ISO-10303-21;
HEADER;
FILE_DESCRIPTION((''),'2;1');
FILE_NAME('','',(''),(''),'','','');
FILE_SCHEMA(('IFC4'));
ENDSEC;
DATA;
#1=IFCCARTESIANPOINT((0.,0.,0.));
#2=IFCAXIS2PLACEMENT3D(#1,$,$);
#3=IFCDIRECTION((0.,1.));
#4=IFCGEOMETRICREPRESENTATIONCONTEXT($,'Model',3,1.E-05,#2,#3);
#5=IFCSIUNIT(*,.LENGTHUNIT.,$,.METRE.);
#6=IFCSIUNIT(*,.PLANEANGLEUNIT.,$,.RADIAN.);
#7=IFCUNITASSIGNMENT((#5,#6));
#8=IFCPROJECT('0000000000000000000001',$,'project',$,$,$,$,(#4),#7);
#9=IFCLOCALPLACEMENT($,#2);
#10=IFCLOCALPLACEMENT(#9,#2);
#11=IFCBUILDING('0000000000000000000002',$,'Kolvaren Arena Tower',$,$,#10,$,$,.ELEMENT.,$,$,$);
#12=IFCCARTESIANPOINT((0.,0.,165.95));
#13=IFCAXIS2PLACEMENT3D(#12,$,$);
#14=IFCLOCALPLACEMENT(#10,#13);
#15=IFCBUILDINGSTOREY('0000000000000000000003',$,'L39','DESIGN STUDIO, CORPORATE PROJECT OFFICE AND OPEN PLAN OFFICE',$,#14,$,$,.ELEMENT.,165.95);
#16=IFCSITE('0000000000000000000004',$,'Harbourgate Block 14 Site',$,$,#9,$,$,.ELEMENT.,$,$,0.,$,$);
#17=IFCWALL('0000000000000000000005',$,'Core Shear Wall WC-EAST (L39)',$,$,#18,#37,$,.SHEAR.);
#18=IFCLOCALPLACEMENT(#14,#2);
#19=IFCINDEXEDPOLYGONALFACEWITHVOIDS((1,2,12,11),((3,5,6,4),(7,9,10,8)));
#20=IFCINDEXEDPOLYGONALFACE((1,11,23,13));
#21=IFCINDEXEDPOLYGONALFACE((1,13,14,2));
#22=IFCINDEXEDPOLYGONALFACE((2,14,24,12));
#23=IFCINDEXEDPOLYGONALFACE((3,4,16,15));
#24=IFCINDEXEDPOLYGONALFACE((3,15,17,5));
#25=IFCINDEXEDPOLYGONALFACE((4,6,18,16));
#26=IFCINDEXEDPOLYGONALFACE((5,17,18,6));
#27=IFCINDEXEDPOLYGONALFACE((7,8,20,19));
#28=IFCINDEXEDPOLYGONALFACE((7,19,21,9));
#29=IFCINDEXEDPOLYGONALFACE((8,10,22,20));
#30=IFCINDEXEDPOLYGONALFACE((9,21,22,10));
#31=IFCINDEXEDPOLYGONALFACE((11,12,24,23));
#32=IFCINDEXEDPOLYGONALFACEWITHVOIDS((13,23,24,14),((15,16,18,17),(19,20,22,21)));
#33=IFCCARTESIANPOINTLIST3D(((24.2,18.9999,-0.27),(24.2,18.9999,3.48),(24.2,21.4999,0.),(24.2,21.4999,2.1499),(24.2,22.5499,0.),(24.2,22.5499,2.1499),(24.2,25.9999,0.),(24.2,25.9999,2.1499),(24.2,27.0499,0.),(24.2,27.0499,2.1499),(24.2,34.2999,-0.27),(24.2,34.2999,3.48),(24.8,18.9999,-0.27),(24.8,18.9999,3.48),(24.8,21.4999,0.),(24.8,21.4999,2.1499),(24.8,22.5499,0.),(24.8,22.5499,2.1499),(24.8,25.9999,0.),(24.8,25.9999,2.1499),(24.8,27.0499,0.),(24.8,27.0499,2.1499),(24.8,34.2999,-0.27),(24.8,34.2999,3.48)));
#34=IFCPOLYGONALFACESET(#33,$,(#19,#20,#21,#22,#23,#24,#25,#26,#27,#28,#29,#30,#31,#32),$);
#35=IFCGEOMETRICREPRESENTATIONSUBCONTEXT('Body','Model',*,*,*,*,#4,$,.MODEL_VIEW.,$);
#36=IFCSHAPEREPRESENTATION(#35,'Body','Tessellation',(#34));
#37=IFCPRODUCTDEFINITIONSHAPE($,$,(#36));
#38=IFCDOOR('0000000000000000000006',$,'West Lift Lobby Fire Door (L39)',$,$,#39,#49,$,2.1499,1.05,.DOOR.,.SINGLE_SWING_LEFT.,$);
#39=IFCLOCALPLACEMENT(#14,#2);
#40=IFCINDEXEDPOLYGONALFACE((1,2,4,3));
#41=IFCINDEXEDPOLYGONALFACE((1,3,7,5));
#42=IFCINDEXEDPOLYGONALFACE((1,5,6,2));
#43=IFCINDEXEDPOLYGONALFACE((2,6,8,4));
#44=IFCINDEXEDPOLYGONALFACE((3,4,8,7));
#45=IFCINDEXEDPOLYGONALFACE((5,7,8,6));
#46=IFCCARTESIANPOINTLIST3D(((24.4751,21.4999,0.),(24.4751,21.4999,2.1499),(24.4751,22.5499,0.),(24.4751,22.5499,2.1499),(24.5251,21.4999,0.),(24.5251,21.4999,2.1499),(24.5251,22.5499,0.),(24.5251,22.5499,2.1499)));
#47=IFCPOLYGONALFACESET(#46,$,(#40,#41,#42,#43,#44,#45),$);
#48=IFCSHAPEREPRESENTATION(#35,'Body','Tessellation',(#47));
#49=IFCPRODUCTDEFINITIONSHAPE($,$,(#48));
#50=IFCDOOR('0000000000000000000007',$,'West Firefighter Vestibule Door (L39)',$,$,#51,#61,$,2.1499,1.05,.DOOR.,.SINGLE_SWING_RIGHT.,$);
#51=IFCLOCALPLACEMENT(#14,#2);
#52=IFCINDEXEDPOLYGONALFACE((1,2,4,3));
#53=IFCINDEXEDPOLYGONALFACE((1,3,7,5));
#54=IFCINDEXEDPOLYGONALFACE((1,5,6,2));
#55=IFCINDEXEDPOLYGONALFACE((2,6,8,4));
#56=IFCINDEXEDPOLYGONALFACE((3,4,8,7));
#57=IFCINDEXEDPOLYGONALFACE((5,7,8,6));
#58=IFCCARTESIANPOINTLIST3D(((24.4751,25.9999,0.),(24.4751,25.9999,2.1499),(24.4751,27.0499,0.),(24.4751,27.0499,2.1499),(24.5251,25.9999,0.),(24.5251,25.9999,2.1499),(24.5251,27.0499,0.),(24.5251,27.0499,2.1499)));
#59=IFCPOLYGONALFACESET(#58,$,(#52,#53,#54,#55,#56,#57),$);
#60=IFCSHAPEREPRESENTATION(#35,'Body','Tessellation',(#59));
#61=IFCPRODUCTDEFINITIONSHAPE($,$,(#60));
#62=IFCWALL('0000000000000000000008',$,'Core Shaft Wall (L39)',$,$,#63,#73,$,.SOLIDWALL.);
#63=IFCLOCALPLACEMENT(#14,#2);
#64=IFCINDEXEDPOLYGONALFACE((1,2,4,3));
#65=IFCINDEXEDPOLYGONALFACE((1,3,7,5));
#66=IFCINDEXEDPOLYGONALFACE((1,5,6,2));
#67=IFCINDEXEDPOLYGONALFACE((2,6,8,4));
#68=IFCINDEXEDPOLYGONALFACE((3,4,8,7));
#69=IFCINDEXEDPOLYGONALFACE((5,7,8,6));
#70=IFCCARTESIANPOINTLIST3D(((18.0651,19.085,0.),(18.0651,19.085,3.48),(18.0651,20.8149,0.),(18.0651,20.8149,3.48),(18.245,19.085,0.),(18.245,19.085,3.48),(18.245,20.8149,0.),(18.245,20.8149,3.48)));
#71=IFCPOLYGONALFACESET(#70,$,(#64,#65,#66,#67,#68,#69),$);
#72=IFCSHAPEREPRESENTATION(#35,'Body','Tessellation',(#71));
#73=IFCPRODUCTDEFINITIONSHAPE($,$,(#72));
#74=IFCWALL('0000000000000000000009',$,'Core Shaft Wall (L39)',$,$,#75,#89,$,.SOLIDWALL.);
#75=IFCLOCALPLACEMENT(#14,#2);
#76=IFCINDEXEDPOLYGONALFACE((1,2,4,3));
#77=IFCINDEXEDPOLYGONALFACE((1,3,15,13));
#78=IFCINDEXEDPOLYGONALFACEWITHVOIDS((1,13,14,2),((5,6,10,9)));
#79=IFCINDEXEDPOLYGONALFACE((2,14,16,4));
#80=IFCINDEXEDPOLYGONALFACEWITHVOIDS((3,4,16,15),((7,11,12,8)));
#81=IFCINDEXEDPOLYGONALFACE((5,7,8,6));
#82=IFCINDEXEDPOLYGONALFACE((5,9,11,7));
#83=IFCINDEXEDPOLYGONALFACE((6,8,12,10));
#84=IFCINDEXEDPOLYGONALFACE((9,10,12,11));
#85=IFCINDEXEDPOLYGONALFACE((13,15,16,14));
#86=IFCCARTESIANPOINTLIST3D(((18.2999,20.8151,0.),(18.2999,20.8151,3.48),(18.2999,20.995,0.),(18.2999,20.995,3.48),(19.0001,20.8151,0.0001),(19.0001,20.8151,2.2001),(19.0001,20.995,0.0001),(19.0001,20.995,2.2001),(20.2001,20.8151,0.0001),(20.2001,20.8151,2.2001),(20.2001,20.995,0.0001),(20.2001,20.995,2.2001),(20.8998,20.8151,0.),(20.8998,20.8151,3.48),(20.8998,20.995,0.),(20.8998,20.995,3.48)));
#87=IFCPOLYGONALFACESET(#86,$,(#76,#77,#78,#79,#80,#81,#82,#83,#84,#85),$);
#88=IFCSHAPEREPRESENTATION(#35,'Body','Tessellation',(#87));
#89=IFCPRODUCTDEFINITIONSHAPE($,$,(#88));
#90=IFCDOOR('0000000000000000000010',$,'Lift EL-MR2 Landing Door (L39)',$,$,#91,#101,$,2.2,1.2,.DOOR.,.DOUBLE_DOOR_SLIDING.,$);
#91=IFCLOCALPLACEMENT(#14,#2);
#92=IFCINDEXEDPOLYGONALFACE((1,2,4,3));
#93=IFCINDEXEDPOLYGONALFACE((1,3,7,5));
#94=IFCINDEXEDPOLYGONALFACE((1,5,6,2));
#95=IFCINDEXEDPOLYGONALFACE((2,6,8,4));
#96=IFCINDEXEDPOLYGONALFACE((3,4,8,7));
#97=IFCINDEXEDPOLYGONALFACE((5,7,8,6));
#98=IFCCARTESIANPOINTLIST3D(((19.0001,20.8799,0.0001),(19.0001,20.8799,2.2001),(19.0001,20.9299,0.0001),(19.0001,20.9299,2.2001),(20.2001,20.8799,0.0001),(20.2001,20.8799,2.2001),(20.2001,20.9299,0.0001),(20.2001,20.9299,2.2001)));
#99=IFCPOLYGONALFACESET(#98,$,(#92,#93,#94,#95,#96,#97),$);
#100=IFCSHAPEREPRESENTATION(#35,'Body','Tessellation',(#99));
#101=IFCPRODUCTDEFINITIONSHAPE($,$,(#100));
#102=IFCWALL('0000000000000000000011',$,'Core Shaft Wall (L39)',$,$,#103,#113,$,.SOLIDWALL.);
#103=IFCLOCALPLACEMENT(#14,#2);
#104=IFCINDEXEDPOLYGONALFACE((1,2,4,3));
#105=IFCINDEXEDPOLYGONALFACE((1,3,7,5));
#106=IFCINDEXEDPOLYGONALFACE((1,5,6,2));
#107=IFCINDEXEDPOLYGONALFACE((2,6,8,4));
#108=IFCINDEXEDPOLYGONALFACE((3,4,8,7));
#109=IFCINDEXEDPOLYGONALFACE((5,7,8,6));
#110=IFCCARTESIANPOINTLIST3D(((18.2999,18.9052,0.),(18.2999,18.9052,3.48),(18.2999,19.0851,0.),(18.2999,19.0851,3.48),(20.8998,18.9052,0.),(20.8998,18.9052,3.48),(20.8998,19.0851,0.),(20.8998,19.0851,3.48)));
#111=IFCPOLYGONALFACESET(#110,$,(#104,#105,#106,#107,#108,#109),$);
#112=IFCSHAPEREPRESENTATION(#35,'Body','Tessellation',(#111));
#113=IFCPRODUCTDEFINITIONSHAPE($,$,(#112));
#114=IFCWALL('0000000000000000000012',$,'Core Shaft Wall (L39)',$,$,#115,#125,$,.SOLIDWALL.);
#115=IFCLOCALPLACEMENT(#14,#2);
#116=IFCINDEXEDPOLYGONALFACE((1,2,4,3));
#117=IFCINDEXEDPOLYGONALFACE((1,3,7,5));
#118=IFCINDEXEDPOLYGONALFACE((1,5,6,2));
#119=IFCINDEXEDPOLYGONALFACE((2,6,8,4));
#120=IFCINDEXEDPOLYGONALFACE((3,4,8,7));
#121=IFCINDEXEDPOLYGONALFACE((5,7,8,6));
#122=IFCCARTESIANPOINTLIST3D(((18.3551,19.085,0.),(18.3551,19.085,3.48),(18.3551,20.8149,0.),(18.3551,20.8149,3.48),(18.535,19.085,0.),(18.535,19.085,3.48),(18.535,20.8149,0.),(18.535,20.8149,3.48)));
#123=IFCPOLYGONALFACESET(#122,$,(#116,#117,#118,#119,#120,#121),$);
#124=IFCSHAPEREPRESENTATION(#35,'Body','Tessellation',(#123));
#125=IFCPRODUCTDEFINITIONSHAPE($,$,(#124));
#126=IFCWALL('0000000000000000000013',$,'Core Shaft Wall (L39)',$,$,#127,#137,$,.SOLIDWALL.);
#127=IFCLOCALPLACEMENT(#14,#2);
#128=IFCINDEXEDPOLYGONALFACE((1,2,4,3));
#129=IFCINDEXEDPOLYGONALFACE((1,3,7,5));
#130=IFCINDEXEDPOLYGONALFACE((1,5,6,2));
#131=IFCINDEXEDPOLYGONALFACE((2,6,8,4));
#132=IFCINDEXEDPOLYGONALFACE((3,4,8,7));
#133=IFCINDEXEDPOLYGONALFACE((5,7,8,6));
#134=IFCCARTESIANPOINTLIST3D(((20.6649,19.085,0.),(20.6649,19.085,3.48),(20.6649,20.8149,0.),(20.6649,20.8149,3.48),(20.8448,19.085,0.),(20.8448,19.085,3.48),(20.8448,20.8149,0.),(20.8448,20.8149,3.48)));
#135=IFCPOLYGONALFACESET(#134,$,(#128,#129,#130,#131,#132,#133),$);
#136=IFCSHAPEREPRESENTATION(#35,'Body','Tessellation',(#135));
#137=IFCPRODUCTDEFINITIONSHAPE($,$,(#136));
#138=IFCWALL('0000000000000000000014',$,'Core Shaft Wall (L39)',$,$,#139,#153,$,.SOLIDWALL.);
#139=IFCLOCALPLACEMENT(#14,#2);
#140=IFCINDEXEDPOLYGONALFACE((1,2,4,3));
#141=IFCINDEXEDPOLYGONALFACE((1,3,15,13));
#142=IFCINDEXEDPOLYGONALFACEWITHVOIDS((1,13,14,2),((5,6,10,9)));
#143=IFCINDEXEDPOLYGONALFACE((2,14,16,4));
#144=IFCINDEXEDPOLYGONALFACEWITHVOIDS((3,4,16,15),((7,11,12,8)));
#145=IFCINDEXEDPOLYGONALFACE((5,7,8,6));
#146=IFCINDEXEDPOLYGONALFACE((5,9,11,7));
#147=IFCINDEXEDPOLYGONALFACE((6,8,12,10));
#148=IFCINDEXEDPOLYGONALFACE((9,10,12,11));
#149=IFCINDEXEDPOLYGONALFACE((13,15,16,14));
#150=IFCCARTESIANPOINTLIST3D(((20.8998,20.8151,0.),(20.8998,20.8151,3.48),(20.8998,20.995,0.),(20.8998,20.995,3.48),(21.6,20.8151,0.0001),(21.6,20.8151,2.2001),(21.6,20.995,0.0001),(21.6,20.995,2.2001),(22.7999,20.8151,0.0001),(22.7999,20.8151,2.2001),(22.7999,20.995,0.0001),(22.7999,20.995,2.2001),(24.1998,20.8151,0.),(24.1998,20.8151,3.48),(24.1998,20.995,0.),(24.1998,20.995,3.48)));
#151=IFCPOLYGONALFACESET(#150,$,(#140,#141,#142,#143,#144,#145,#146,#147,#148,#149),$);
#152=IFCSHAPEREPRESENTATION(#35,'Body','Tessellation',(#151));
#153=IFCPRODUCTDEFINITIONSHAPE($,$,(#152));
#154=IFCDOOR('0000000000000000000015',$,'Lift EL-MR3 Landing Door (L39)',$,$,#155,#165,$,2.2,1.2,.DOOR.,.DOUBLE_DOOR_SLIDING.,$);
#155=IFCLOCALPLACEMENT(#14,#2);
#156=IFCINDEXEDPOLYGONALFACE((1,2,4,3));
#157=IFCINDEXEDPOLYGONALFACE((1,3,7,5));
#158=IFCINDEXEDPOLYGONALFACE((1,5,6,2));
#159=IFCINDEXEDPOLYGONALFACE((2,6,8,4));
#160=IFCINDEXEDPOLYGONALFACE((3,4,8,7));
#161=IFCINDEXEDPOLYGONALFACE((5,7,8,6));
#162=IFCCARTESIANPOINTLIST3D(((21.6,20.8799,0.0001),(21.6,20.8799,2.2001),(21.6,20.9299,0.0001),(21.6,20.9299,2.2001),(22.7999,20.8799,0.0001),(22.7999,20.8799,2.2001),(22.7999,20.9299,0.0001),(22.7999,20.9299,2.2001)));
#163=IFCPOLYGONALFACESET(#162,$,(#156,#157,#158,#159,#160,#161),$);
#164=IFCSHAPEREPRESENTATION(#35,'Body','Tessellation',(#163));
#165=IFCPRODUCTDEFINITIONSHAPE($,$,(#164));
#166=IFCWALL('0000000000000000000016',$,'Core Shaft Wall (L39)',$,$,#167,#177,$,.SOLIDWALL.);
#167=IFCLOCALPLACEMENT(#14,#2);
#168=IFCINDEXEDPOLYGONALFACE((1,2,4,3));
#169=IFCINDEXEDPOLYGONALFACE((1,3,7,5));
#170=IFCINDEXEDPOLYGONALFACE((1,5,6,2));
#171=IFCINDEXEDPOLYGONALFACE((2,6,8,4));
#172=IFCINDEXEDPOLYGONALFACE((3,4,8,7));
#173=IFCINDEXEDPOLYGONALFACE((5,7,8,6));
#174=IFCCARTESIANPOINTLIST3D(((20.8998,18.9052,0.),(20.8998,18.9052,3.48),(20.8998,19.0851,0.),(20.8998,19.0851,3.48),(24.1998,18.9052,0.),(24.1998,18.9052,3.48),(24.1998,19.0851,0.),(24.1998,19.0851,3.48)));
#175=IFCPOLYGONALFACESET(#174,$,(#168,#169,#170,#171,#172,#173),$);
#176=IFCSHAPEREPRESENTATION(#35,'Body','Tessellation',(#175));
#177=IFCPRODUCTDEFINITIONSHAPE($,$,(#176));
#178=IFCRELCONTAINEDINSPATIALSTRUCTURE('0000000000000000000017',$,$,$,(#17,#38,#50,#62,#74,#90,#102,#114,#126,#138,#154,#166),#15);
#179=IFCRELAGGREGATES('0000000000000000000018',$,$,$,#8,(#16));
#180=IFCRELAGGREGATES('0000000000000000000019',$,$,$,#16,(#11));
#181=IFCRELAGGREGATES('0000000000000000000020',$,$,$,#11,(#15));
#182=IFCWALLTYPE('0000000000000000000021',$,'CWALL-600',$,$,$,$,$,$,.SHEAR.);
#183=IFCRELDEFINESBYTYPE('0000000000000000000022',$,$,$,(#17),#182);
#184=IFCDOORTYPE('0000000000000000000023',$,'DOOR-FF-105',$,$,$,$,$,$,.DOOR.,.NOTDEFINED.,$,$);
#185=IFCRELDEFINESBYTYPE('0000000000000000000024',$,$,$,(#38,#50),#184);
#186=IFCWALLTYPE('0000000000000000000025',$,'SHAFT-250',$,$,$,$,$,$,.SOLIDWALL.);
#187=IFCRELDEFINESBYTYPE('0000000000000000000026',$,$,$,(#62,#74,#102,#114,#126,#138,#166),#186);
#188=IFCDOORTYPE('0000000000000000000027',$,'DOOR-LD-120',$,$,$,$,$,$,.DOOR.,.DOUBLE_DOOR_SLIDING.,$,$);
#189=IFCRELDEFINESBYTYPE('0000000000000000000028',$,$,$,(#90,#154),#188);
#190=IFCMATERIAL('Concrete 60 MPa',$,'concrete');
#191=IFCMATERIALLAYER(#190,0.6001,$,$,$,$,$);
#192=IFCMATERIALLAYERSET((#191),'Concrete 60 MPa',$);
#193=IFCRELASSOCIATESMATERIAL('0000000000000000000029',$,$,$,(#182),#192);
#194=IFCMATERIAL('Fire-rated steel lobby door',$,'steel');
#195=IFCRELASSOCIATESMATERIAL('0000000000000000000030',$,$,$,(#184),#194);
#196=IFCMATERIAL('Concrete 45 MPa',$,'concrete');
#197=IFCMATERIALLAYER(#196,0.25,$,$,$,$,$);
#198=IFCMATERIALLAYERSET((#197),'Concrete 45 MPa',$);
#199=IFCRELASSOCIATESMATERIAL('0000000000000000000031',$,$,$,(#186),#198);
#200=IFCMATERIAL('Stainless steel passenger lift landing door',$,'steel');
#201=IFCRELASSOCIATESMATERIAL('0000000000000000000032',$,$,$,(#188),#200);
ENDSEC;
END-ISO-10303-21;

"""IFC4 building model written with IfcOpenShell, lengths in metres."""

from ifc_helpers import new_model, si_unit, direction, frame, frame_2d, origin, place, context, subcontext, project, spatial, rectangle, extrude, material, layer, layer_set, type_object, element, fill, save


model = new_model("IFC4")

# Units and contexts
model_context = context("Model", 3, precision=1e-05, world=origin(), true_north=direction((0.0, 1.0)))
body_context = subcontext(model_context, "Body", "Model", "MODEL_VIEW")
ifc_project = project(units=[si_unit("LENGTHUNIT", "METRE"), si_unit("PLANEANGLEUNIT", "RADIAN")], contexts=[model_context])

# Site, building, storey
site_placement = place(None, origin())
site = spatial("IfcSite", under=ifc_project, at=site_placement, Name="Harbourgate Block 14 Site", CompositionType="ELEMENT", RefElevation=0.0)
building_placement = place(site_placement, origin())
building = spatial("IfcBuilding", under=site, at=building_placement, Name="Kolvaren Arena Tower", CompositionType="ELEMENT")
storey_placement = place(building_placement, frame((0.0, 0.0, 165.95)))
storey = spatial("IfcBuildingStorey", under=building, at=storey_placement, Name="L39", Description="DESIGN STUDIO, CORPORATE PROJECT OFFICE AND OPEN PLAN OFFICE", CompositionType="ELEMENT", Elevation=165.95)

# Wall, openings, doors
ifc_material_1 = material(Name="Concrete 60 MPa", Category="concrete")
ifc_layer_1 = layer(ifc_material_1, 0.6001)
ifc_layer_set_1 = layer_set([ifc_layer_1], Name="Concrete 60 MPa")
wall_type_1 = type_object("IfcWallType", Name="CWALL-600", PredefinedType="SHEAR", material=ifc_layer_set_1)
wall_1_placement = place(storey_placement, frame((24.5, 19.0, -0.27), z_axis=(0.0, 0.0, 1.0), x_axis=(0.0, 1.0, 0.0)))
wall_1 = element("IfcWall", 1, at=wall_1_placement, inside=storey, type_object=wall_type_1, Name="Core Shear Wall WC-EAST (L39)", PredefinedType="SHEAR", context=body_context, shape_type="SweptSolid", body=[
    extrude(rectangle(XDim=15.3, YDim=0.6001, at=frame_2d((7.6499, 0.0))), origin(), (0.0, 0.0, 1.0), 3.75),
])
opening_1_placement = place(wall_1_placement, frame((2.5, 0.0, 0.27)))
opening_1 = element("IfcOpeningElement", 2, at=opening_1_placement, cuts=wall_1, PredefinedType="OPENING", context=body_context, shape_type="SweptSolid", body=[
    extrude(rectangle(XDim=1.05, YDim=2.1499, at=frame_2d((0.5249, 1.075))), frame((0.0, 0.3101, 0.0), z_axis=(0.0, -1.0, 0.0), x_axis=(1.0, 0.0, 0.0)), (0.0, 0.0, 1.0), 0.6201),
])
opening_2_placement = place(wall_1_placement, frame((7.0, 0.0, 0.27)))
opening_2 = element("IfcOpeningElement", 3, at=opening_2_placement, cuts=wall_1, PredefinedType="OPENING", context=body_context, shape_type="SweptSolid", body=[
    extrude(rectangle(XDim=1.05, YDim=2.1499, at=frame_2d((0.5249, 1.075))), frame((0.0, 0.3101, 0.0), z_axis=(0.0, -1.0, 0.0), x_axis=(1.0, 0.0, 0.0)), (0.0, 0.0, 1.0), 0.6201),
])
ifc_material_2 = material(Name="Fire-rated steel lobby door", Category="steel")
door_type_1 = type_object("IfcDoorType", Name="DOOR-FF-105", OperationType="NOTDEFINED", PredefinedType="DOOR", material=ifc_material_2)
door_1_placement = place(opening_1_placement, origin())
door_1 = element("IfcDoor", 4, at=door_1_placement, inside=storey, type_object=door_type_1, Name="West Lift Lobby Fire Door (L39)", OperationType="SINGLE_SWING_LEFT", OverallHeight=2.1499, OverallWidth=1.05, PredefinedType="DOOR", context=body_context, shape_type="SweptSolid", body=[
    extrude(rectangle(XDim=1.05, YDim=2.1499, at=frame_2d((0.5249, 1.075))), frame((0.0, 0.0249, 0.0), z_axis=(0.0, -1.0, 0.0), x_axis=(1.0, 0.0, 0.0)), (0.0, 0.0, 1.0), 0.05),
])
fill(opening_1, door_1)
door_2_placement = place(opening_2_placement, origin())
door_2 = element("IfcDoor", 5, at=door_2_placement, inside=storey, type_object=door_type_1, Name="West Firefighter Vestibule Door (L39)", OperationType="SINGLE_SWING_RIGHT", OverallHeight=2.1499, OverallWidth=1.05, PredefinedType="DOOR", context=body_context, shape_type="SweptSolid", body=[
    extrude(rectangle(XDim=1.05, YDim=2.1499, at=frame_2d((0.5249, 1.075))), frame((0.0, 0.0249, 0.0), z_axis=(0.0, -1.0, 0.0), x_axis=(1.0, 0.0, 0.0)), (0.0, 0.0, 1.0), 0.05),
])
fill(opening_2, door_2)

# Wall
ifc_material_3 = material(Name="Concrete 45 MPa", Category="concrete")
ifc_layer_2 = layer(ifc_material_3, 0.25)
ifc_layer_set_2 = layer_set([ifc_layer_2], Name="Concrete 45 MPa")
wall_type_2 = type_object("IfcWallType", Name="SHAFT-250", PredefinedType="SOLIDWALL", material=ifc_layer_set_2)
wall_2_placement = place(storey_placement, frame((18.155, 19.085, 0.0), z_axis=(0.0, 0.0, 1.0), x_axis=(0.0, 1.0, 0.0)))
element("IfcWall", 6, at=wall_2_placement, inside=storey, type_object=wall_type_2, Name="Core Shaft Wall (L39)", PredefinedType="SOLIDWALL", context=body_context, shape_type="SweptSolid", body=[
    extrude(rectangle(XDim=1.73, YDim=0.1799, at=frame_2d((0.865, 0.0))), origin(), (0.0, 0.0, 1.0), 3.48),
])

# Wall, opening, door
wall_3_placement = place(storey_placement, frame((18.3, 20.905, 0.0), z_axis=(0.0, 0.0, 1.0), x_axis=(1.0, 0.0, 0.0)))
wall_3 = element("IfcWall", 7, at=wall_3_placement, inside=storey, type_object=wall_type_2, Name="Core Shaft Wall (L39)", PredefinedType="SOLIDWALL", context=body_context, shape_type="SweptSolid", body=[
    extrude(rectangle(XDim=2.5999, YDim=0.1799, at=frame_2d((1.2998, 0.0))), origin(), (0.0, 0.0, 1.0), 3.48),
])
opening_3_placement = place(wall_3_placement, frame((0.7, 0.0, 0.0)))
opening_3 = element("IfcOpeningElement", 8, at=opening_3_placement, cuts=wall_3, PredefinedType="OPENING", context=body_context, shape_type="SweptSolid", body=[
    extrude(rectangle(XDim=1.2, YDim=2.2, at=frame_2d((0.6001, 1.1001))), frame((0.0, 0.0999, 0.0), z_axis=(0.0, -1.0, 0.0), x_axis=(1.0, 0.0, 0.0)), (0.0, 0.0, 1.0), 0.2),
])
ifc_material_4 = material(Name="Stainless steel passenger lift landing door", Category="steel")
door_type_2 = type_object("IfcDoorType", Name="DOOR-LD-120", OperationType="DOUBLE_DOOR_SLIDING", PredefinedType="DOOR", material=ifc_material_4)
door_3_placement = place(opening_3_placement, origin())
door_3 = element("IfcDoor", 9, at=door_3_placement, inside=storey, type_object=door_type_2, Name="Lift EL-MR2 Landing Door (L39)", OperationType="DOUBLE_DOOR_SLIDING", OverallHeight=2.2, OverallWidth=1.2, PredefinedType="DOOR", context=body_context, shape_type="SweptSolid", body=[
    extrude(rectangle(XDim=1.2, YDim=2.2, at=frame_2d((0.6001, 1.1001))), frame((0.0, 0.0249, 0.0), z_axis=(0.0, -1.0, 0.0), x_axis=(1.0, 0.0, 0.0)), (0.0, 0.0, 1.0), 0.05),
])
fill(opening_3, door_3)

# Walls
wall_4_placement = place(storey_placement, frame((18.3, 18.9951, 0.0), z_axis=(0.0, 0.0, 1.0), x_axis=(1.0, 0.0, 0.0)))
element("IfcWall", 10, at=wall_4_placement, inside=storey, type_object=wall_type_2, Name="Core Shaft Wall (L39)", PredefinedType="SOLIDWALL", context=body_context, shape_type="SweptSolid", body=[
    extrude(rectangle(XDim=2.5999, YDim=0.1799, at=frame_2d((1.2998, 0.0))), origin(), (0.0, 0.0, 1.0), 3.48),
])
for number, where, z_axis, x_axis, name in (
    (11, (18.4451, 19.085, 0.0), (0.0, 0.0, 1.0), (0.0, 1.0, 0.0), "Core Shaft Wall (L39)"),
    (12, (20.7549, 19.085, 0.0), (0.0, 0.0, 1.0), (0.0, 1.0, 0.0), "Core Shaft Wall (L39)"),
):
    element("IfcWall", number, at=place(storey_placement, frame(where, z_axis=z_axis, x_axis=x_axis)), inside=storey, type_object=wall_type_2, Name=name, PredefinedType="SOLIDWALL", context=body_context, shape_type="SweptSolid", body=[
        extrude(rectangle(XDim=1.73, YDim=0.1799, at=frame_2d((0.865, 0.0))), origin(), (0.0, 0.0, 1.0), 3.48),
    ])

# Wall, opening, door
wall_5_placement = place(storey_placement, frame((20.8999, 20.905, 0.0), z_axis=(0.0, 0.0, 1.0), x_axis=(1.0, 0.0, 0.0)))
wall_5 = element("IfcWall", 13, at=wall_5_placement, inside=storey, type_object=wall_type_2, Name="Core Shaft Wall (L39)", PredefinedType="SOLIDWALL", context=body_context, shape_type="SweptSolid", body=[
    extrude(rectangle(XDim=3.3, YDim=0.1799, at=frame_2d((1.6499, 0.0))), origin(), (0.0, 0.0, 1.0), 3.48),
])
opening_4_placement = place(wall_5_placement, frame((0.7, 0.0, 0.0)))
opening_4 = element("IfcOpeningElement", 14, at=opening_4_placement, cuts=wall_5, PredefinedType="OPENING", context=body_context, shape_type="SweptSolid", body=[
    extrude(rectangle(XDim=1.2, YDim=2.2, at=frame_2d((0.6001, 1.1001))), frame((0.0, 0.0999, 0.0), z_axis=(0.0, -1.0, 0.0), x_axis=(1.0, 0.0, 0.0)), (0.0, 0.0, 1.0), 0.2),
])
door_4_placement = place(opening_4_placement, origin())
door_4 = element("IfcDoor", 15, at=door_4_placement, inside=storey, type_object=door_type_2, Name="Lift EL-MR3 Landing Door (L39)", OperationType="DOUBLE_DOOR_SLIDING", OverallHeight=2.2, OverallWidth=1.2, PredefinedType="DOOR", context=body_context, shape_type="SweptSolid", body=[
    extrude(rectangle(XDim=1.2, YDim=2.2, at=frame_2d((0.6001, 1.1001))), frame((0.0, 0.0249, 0.0), z_axis=(0.0, -1.0, 0.0), x_axis=(1.0, 0.0, 0.0)), (0.0, 0.0, 1.0), 0.05),
])
fill(opening_4, door_4)

# Wall
wall_6_placement = place(storey_placement, frame((20.8999, 18.9951, 0.0), z_axis=(0.0, 0.0, 1.0), x_axis=(1.0, 0.0, 0.0)))
element("IfcWall", 16, at=wall_6_placement, inside=storey, type_object=wall_type_2, Name="Core Shaft Wall (L39)", PredefinedType="SOLIDWALL", context=body_context, shape_type="SweptSolid", body=[
    extrude(rectangle(XDim=3.3, YDim=0.1799, at=frame_2d((1.6499, 0.0))), origin(), (0.0, 0.0, 1.0), 3.48),
])

save(model, "model.ifc")
